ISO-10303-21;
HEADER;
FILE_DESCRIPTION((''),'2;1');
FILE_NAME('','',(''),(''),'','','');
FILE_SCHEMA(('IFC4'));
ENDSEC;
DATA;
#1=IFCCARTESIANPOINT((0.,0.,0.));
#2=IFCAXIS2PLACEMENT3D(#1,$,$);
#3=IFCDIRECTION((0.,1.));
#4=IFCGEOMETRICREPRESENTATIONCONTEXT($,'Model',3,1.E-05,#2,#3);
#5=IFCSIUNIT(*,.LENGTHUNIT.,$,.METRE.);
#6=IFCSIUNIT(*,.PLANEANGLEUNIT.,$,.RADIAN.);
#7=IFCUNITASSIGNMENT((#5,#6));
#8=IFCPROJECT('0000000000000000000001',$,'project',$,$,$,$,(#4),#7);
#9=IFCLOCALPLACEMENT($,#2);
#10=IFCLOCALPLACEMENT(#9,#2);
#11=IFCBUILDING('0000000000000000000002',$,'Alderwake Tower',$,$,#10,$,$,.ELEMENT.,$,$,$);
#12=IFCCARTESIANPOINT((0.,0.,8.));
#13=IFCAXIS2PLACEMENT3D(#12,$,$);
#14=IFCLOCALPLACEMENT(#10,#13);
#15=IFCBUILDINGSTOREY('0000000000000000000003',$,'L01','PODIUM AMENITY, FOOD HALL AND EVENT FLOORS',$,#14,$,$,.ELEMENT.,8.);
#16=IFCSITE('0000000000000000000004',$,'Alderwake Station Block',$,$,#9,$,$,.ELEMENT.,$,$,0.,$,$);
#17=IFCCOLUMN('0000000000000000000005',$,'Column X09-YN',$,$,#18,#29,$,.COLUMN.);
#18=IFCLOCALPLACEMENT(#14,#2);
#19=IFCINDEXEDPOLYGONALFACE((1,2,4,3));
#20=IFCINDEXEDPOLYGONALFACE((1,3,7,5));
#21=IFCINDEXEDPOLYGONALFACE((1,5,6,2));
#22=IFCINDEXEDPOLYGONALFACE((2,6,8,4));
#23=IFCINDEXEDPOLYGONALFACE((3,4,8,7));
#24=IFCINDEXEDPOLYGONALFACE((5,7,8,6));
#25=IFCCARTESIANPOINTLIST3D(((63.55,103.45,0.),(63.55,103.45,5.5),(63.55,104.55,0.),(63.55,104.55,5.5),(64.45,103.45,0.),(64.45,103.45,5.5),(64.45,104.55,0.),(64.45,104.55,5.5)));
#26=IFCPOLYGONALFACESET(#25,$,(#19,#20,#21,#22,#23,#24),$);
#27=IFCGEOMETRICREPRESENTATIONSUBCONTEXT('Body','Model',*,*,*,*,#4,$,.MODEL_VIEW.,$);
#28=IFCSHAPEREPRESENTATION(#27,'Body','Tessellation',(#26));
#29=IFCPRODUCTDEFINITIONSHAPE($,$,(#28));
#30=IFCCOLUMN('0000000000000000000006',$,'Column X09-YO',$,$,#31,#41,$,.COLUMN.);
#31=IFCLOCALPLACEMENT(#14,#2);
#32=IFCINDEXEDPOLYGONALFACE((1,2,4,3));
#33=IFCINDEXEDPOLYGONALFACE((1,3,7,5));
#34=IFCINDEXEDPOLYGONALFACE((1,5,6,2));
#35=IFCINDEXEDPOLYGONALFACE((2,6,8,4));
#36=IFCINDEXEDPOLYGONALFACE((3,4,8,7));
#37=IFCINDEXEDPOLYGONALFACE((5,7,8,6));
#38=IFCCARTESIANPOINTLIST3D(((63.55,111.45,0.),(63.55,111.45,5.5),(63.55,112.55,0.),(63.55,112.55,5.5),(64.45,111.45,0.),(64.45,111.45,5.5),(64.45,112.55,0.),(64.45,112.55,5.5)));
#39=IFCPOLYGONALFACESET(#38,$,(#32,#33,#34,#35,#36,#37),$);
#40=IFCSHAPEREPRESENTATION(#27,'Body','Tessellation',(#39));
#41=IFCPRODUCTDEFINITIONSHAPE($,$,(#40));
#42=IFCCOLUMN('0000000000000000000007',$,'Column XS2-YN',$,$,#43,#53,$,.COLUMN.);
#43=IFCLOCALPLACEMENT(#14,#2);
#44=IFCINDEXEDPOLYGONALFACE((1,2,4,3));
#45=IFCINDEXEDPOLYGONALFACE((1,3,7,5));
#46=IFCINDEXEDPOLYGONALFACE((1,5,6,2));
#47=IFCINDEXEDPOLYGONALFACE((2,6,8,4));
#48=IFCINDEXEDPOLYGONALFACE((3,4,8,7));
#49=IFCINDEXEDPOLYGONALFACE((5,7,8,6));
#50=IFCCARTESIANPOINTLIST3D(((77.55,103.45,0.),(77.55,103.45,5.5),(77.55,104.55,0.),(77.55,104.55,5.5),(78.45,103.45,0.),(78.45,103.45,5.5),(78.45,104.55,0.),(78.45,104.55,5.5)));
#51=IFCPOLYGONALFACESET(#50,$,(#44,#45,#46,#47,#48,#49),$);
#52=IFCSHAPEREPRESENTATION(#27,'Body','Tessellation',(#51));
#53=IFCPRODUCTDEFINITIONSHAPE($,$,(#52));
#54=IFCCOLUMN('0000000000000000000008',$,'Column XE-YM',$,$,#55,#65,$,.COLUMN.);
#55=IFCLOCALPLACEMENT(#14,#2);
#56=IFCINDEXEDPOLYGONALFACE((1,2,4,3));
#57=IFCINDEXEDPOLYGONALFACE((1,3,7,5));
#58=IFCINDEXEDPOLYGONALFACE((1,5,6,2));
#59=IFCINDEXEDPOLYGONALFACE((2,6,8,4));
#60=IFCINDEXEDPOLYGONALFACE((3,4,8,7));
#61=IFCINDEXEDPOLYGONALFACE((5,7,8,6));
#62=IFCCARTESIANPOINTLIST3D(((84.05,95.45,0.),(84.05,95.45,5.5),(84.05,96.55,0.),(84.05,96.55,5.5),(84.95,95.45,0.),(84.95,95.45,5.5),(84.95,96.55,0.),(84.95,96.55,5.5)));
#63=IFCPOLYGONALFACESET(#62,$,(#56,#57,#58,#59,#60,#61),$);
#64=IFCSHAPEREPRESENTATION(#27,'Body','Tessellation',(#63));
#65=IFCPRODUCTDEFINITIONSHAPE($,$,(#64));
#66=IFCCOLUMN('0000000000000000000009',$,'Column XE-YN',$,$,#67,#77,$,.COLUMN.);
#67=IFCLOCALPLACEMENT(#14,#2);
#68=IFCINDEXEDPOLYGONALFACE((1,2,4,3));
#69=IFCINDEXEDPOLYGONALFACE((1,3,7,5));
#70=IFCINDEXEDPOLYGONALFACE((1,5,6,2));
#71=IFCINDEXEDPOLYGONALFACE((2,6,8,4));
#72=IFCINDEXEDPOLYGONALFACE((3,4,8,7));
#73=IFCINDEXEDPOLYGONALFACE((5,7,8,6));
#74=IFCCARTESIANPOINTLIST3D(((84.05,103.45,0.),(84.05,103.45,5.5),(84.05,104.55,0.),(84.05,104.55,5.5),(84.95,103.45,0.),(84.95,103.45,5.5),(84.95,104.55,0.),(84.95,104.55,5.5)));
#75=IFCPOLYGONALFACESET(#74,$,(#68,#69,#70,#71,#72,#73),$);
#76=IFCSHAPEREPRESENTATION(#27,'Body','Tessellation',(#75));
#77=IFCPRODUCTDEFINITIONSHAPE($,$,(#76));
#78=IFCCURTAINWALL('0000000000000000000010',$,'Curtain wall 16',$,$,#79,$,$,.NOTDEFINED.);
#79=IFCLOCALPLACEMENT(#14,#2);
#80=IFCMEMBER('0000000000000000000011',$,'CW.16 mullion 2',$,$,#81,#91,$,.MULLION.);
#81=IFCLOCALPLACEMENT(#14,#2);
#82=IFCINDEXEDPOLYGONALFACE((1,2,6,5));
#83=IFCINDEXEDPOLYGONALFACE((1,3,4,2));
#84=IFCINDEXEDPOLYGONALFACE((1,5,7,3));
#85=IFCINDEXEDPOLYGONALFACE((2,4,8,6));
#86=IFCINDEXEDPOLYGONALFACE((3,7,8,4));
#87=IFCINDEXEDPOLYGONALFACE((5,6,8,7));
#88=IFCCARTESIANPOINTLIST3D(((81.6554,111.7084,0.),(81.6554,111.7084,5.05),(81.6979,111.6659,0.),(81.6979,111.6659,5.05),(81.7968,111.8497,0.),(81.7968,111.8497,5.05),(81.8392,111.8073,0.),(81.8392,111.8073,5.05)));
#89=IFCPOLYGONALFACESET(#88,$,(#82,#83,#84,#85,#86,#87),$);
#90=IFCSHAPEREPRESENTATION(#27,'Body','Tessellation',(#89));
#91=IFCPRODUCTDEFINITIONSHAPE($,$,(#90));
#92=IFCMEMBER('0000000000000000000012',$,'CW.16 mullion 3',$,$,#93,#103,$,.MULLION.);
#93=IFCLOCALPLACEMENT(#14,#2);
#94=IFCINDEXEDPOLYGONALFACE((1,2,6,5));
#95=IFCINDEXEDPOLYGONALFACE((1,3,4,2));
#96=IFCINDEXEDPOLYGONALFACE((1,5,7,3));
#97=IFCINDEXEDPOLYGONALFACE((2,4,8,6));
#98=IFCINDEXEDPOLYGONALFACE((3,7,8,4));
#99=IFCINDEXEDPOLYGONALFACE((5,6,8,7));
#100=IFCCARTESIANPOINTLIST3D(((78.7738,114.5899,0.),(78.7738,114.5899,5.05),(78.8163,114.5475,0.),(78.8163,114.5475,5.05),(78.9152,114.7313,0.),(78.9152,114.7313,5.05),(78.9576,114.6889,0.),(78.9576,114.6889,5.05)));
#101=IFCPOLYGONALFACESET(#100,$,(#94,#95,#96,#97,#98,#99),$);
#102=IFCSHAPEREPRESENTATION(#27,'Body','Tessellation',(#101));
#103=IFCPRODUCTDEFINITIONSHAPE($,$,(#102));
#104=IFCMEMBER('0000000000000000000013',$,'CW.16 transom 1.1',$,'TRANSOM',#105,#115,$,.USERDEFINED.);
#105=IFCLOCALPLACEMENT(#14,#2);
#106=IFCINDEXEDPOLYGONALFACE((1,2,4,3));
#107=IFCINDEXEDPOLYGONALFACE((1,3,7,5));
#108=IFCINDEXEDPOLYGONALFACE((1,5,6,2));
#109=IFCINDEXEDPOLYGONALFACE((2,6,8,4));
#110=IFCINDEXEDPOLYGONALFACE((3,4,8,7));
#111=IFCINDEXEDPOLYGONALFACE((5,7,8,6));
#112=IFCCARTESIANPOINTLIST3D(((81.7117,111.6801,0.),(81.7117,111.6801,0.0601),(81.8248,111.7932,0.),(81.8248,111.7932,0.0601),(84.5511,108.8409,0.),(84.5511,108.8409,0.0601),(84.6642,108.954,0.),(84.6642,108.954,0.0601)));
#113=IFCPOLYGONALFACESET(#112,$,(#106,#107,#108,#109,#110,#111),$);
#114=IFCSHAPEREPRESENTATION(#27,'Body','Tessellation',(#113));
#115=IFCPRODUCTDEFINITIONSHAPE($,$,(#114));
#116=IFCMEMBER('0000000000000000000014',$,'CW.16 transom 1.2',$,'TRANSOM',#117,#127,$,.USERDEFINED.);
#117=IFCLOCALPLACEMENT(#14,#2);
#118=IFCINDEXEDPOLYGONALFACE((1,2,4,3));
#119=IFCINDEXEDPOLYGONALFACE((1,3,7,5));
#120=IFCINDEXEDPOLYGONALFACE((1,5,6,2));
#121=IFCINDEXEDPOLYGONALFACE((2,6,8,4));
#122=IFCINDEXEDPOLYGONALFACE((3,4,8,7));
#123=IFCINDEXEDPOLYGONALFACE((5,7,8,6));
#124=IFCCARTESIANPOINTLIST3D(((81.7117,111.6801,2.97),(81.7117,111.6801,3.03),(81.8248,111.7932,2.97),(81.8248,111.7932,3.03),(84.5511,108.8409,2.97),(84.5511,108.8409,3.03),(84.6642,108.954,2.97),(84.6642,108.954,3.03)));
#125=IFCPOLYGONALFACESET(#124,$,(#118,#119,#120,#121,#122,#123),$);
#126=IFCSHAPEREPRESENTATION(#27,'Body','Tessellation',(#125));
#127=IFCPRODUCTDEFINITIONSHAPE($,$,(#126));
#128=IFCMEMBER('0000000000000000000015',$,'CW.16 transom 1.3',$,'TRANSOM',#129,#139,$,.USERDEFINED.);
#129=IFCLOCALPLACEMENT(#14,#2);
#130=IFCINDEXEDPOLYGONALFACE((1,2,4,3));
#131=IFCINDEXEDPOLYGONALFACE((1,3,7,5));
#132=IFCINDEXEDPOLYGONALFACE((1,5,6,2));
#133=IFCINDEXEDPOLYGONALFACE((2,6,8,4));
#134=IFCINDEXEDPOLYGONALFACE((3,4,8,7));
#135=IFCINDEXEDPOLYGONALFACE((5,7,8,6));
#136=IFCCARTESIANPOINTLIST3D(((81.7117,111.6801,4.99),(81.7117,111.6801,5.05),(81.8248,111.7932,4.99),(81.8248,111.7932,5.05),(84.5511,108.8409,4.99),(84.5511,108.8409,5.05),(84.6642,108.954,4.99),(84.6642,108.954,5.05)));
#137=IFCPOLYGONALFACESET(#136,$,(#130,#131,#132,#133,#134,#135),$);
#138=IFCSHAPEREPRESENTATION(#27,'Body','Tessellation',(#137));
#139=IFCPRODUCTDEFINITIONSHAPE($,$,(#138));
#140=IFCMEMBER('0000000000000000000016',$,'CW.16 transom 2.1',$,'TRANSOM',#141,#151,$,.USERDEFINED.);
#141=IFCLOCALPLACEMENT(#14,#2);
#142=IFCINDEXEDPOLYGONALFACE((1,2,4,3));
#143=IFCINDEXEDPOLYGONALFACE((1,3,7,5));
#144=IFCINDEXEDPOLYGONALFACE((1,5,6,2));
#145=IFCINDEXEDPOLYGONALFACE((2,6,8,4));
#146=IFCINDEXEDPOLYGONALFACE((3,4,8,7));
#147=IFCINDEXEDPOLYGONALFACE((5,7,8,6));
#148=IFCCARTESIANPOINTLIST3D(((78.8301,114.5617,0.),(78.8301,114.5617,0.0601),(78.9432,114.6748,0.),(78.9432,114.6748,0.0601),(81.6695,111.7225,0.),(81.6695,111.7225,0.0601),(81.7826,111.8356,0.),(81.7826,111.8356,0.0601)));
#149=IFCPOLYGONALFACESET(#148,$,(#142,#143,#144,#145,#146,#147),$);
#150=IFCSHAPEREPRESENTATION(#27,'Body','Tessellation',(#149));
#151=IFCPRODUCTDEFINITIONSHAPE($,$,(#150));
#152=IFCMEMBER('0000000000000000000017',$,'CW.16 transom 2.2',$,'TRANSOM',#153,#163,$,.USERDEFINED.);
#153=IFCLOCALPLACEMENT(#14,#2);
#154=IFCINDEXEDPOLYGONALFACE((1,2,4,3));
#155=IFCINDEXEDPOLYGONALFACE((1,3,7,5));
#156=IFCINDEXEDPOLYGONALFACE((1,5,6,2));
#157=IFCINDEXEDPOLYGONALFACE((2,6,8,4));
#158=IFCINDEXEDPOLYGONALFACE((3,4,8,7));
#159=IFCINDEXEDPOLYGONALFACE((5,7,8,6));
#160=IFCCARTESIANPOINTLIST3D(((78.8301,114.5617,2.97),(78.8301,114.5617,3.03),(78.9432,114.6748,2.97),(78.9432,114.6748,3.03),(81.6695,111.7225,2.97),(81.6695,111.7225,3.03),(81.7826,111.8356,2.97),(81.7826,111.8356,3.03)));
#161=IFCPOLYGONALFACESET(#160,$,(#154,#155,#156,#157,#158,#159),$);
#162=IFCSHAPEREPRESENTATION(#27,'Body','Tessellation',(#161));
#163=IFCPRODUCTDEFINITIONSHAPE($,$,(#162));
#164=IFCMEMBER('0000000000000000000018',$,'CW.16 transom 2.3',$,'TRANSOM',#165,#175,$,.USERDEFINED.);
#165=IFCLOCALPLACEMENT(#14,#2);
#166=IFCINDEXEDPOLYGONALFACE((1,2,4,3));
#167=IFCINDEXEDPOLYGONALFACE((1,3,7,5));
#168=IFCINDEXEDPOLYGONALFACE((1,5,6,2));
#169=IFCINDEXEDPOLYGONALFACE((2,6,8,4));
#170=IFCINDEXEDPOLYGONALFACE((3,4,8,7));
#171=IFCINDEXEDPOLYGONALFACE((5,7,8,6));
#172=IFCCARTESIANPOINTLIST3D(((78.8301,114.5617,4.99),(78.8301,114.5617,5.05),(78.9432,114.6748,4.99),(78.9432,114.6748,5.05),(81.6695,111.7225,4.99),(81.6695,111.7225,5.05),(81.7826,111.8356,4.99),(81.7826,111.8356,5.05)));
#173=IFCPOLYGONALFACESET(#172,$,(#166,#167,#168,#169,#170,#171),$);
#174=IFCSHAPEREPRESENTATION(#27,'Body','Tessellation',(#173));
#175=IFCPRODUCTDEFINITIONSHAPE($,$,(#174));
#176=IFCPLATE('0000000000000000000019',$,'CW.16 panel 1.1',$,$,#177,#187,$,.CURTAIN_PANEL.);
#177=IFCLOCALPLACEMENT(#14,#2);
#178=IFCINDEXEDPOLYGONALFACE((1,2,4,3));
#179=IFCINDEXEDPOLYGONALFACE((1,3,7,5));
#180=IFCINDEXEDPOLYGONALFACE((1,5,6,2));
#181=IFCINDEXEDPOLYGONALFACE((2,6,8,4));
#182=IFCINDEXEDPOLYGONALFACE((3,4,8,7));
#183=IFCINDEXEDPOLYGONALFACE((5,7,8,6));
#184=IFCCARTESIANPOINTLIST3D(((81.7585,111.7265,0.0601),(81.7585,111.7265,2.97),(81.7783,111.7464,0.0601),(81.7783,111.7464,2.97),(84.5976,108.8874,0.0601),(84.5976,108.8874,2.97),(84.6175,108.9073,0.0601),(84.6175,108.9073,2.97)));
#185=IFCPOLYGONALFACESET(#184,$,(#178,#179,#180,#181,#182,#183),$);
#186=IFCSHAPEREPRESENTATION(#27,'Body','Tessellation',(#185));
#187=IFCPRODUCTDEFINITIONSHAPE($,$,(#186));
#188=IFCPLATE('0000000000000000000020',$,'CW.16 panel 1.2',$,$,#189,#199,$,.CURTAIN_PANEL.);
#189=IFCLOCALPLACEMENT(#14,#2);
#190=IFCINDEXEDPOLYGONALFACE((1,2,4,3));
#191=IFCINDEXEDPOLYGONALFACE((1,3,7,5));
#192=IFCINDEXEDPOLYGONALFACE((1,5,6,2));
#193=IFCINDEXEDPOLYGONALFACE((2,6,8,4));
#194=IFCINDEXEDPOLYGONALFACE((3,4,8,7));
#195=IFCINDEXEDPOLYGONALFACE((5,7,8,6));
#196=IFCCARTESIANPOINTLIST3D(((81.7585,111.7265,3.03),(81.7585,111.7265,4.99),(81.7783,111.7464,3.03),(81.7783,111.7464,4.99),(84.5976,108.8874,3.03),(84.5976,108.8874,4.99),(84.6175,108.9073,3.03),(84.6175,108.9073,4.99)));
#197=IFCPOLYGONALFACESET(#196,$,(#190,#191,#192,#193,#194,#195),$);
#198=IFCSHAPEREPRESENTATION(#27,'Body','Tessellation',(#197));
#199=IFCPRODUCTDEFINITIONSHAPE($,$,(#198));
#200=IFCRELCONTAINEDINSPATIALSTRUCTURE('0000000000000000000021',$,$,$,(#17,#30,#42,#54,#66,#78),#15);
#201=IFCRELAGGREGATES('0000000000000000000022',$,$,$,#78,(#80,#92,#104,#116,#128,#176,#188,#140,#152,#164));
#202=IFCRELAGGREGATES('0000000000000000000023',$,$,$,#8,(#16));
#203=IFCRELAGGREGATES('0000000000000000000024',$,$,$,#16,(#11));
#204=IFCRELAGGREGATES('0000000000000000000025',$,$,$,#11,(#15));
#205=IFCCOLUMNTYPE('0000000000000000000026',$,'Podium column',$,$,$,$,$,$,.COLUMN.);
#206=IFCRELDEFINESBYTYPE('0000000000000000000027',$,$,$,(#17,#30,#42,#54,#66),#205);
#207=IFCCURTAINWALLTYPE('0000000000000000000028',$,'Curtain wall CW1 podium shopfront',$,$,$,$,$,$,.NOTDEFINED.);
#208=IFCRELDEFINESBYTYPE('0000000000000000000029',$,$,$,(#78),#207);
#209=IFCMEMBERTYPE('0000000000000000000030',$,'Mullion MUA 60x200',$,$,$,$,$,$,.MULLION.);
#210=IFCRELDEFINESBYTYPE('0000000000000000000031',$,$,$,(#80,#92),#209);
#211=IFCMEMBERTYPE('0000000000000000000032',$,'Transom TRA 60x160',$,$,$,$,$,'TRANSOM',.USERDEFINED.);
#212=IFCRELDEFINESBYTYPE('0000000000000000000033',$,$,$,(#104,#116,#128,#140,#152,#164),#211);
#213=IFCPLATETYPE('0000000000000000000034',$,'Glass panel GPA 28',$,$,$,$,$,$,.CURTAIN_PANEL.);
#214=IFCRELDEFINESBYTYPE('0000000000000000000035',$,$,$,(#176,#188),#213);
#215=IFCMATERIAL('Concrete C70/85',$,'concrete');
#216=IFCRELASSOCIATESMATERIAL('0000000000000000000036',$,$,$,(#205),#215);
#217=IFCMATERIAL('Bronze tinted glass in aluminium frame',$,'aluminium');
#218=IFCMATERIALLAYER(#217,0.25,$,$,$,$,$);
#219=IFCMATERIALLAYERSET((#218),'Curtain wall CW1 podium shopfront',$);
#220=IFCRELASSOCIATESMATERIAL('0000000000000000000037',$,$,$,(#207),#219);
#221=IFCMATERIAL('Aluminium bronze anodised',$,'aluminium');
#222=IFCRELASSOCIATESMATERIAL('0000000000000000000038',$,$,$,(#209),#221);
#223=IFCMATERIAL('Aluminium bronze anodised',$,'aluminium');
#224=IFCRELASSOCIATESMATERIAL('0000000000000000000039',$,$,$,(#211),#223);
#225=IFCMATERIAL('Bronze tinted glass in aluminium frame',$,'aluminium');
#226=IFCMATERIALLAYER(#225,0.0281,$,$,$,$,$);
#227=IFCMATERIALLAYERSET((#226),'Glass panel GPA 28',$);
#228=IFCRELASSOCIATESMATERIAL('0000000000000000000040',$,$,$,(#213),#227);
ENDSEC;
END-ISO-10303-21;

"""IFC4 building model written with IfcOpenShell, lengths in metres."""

from ifc_helpers import new_model, si_unit, direction, frame, origin, origin_2d, place, context, subcontext, project, spatial, rectangle, extrude, material, layer, layer_set, material_profile, profile_set, type_object, element, aggregate, save


model = new_model("IFC4")

# Units and contexts
model_context = context("Model", 3, precision=1e-05, world=origin(), true_north=direction((0.0, 1.0)))
body_context = subcontext(model_context, "Body", "Model", "MODEL_VIEW")
ifc_project = project(units=[si_unit("LENGTHUNIT", "METRE"), si_unit("PLANEANGLEUNIT", "RADIAN")], contexts=[model_context])

# Site, building, storey
site_placement = place(None, origin())
site = spatial("IfcSite", under=ifc_project, at=site_placement, Name="Alderwake Station Block", CompositionType="ELEMENT", RefElevation=0.0)
building_placement = place(site_placement, origin())
building = spatial("IfcBuilding", under=site, at=building_placement, Name="Alderwake Tower", CompositionType="ELEMENT")
storey_placement = place(building_placement, frame((0.0, 0.0, 8.0)))
storey = spatial("IfcBuildingStorey", under=building, at=storey_placement, Name="L01", Description="PODIUM AMENITY, FOOD HALL AND EVENT FLOORS", CompositionType="ELEMENT", Elevation=8.0)

# Columns
ifc_material_1 = material(Name="Concrete C70/85", Category="concrete")
ifc_material_profile_1 = material_profile(ifc_material_1, rectangle(XDim=0.8999, YDim=1.1001, at=origin_2d()), Name="RC 1100X900")
ifc_profile_set_1 = profile_set([ifc_material_profile_1], Name="Concrete C70/85")
column_type = type_object("IfcColumnType", Name="Podium column", PredefinedType="COLUMN", material=ifc_profile_set_1)
for number, where, z_axis, x_axis, name in (
    (1, (64.0, 104.0, 0.0), (0.0, 0.0, 1.0), (1.0, 0.0, 0.0), "Column X09-YN"),
    (2, (64.0, 112.0, 0.0), (0.0, 0.0, 1.0), (1.0, 0.0, 0.0), "Column X09-YO"),
    (3, (78.0, 104.0, 0.0), (0.0, 0.0, 1.0), (1.0, 0.0, 0.0), "Column XS2-YN"),
    (4, (84.5, 96.0, 0.0), (0.0, 0.0, 1.0), (1.0, 0.0, 0.0), "Column XE-YM"),
    (5, (84.5, 104.0, 0.0), (0.0, 0.0, 1.0), (1.0, 0.0, 0.0), "Column XE-YN"),
):
    element("IfcColumn", number, at=place(storey_placement, frame(where, z_axis=z_axis, x_axis=x_axis)), inside=storey, type_object=column_type, Name=name, PredefinedType="COLUMN", context=body_context, shape_type="SweptSolid", body=[
        extrude(rectangle(XDim=0.8999, YDim=1.1001, at=origin_2d()), origin(), (0.0, 0.0, 1.0), 5.5),
    ])

# Curtain wall, members, plates
ifc_material_2 = material(Name="Bronze tinted glass in aluminium frame", Category="aluminium")
ifc_layer_1 = layer(ifc_material_2, 0.25)
ifc_layer_set_1 = layer_set([ifc_layer_1], Name="Curtain wall CW1 podium shopfront")
curtain_wall_type = type_object("IfcCurtainWallType", Name="Curtain wall CW1 podium shopfront", PredefinedType="NOTDEFINED", material=ifc_layer_set_1)
curtain_wall_placement = place(storey_placement, origin())
curtain_wall = element("IfcCurtainWall", 6, at=curtain_wall_placement, inside=storey, type_object=curtain_wall_type, Name="Curtain wall 16", PredefinedType="NOTDEFINED")
ifc_material_3 = material(Name="Aluminium bronze anodised", Category="aluminium")
ifc_material_profile_2 = material_profile(ifc_material_3, rectangle(XDim=0.2, YDim=0.0601, at=origin_2d()), Name="Mullion MUA 60x200")
ifc_profile_set_2 = profile_set([ifc_material_profile_2], Name="Aluminium bronze anodised")
member_type_1 = type_object("IfcMemberType", Name="Mullion MUA 60x200", PredefinedType="MULLION", material=ifc_profile_set_2)
member_1_placement = place(storey_placement, frame((81.7473, 111.7578, 0.0), z_axis=(0.0, 0.0, 1.0), x_axis=(-0.707107, -0.707107, 0.0)))
member_1 = element("IfcMember", 7, at=member_1_placement, type_object=member_type_1, Name="CW.16 mullion 2", PredefinedType="MULLION", context=body_context, shape_type="SweptSolid", body=[
    extrude(rectangle(XDim=0.2, YDim=0.0601, at=origin_2d()), origin(), (0.0, 0.0, 1.0), 5.05),
])
member_2_placement = place(storey_placement, frame((78.8657, 114.6394, 0.0), z_axis=(0.0, 0.0, 1.0), x_axis=(-0.707107, -0.707107, 0.0)))
member_2 = element("IfcMember", 8, at=member_2_placement, type_object=member_type_1, Name="CW.16 mullion 3", PredefinedType="MULLION", context=body_context, shape_type="SweptSolid", body=[
    extrude(rectangle(XDim=0.2, YDim=0.0601, at=origin_2d()), origin(), (0.0, 0.0, 1.0), 5.05),
])
ifc_material_4 = material(Name="Aluminium bronze anodised", Category="aluminium")
ifc_material_profile_3 = material_profile(ifc_material_4, rectangle(XDim=0.1599, YDim=0.0601, at=origin_2d()), Name="Transom TRA 60x160")
ifc_profile_set_3 = profile_set([ifc_material_profile_3], Name="Aluminium bronze anodised")
member_type_2 = type_object("IfcMemberType", Name="Transom TRA 60x160", ElementType="TRANSOM", PredefinedType="USERDEFINED", material=ifc_profile_set_3)
member_3_placement = place(storey_placement, frame((84.6077, 108.8975, 0.03), z_axis=(-0.707137, 0.707076, 0.0), x_axis=(-0.707076, -0.707137, 0.0)))
member_3 = element("IfcMember", 9, at=member_3_placement, type_object=member_type_2, Name="CW.16 transom 1.1", ObjectType="TRANSOM", PredefinedType="USERDEFINED", context=body_context, shape_type="SweptSolid", body=[
    extrude(rectangle(XDim=0.1599, YDim=0.0601, at=origin_2d()), origin(), (0.0, 0.0, 1.0), 4.0154),
])
member_4_placement = place(storey_placement, frame((84.6077, 108.8975, 3.0), z_axis=(-0.707137, 0.707076, 0.0), x_axis=(-0.707076, -0.707137, 0.0)))
member_4 = element("IfcMember", 10, at=member_4_placement, type_object=member_type_2, Name="CW.16 transom 1.2", ObjectType="TRANSOM", PredefinedType="USERDEFINED", context=body_context, shape_type="SweptSolid", body=[
    extrude(rectangle(XDim=0.1599, YDim=0.0601, at=origin_2d()), origin(), (0.0, 0.0, 1.0), 4.0154),
])
member_5_placement = place(storey_placement, frame((84.6077, 108.8975, 5.02), z_axis=(-0.707137, 0.707076, 0.0), x_axis=(-0.707076, -0.707137, 0.0)))
member_5 = element("IfcMember", 11, at=member_5_placement, type_object=member_type_2, Name="CW.16 transom 1.3", ObjectType="TRANSOM", PredefinedType="USERDEFINED", context=body_context, shape_type="SweptSolid", body=[
    extrude(rectangle(XDim=0.1599, YDim=0.0601, at=origin_2d()), origin(), (0.0, 0.0, 1.0), 4.0154),
])
member_6_placement = place(storey_placement, frame((81.7261, 111.7791, 0.03), z_axis=(-0.707137, 0.707076, 0.0), x_axis=(-0.707076, -0.707137, 0.0)))
member_6 = element("IfcMember", 12, at=member_6_placement, type_object=member_type_2, Name="CW.16 transom 2.1", ObjectType="TRANSOM", PredefinedType="USERDEFINED", context=body_context, shape_type="SweptSolid", body=[
    extrude(rectangle(XDim=0.1599, YDim=0.0601, at=origin_2d()), origin(), (0.0, 0.0, 1.0), 4.0154),
])
member_7_placement = place(storey_placement, frame((81.7261, 111.7791, 3.0), z_axis=(-0.707137, 0.707076, 0.0), x_axis=(-0.707076, -0.707137, 0.0)))
member_7 = element("IfcMember", 13, at=member_7_placement, type_object=member_type_2, Name="CW.16 transom 2.2", ObjectType="TRANSOM", PredefinedType="USERDEFINED", context=body_context, shape_type="SweptSolid", body=[
    extrude(rectangle(XDim=0.1599, YDim=0.0601, at=origin_2d()), origin(), (0.0, 0.0, 1.0), 4.0154),
])
member_8_placement = place(storey_placement, frame((81.7261, 111.7791, 5.02), z_axis=(-0.707137, 0.707076, 0.0), x_axis=(-0.707076, -0.707137, 0.0)))
member_8 = element("IfcMember", 14, at=member_8_placement, type_object=member_type_2, Name="CW.16 transom 2.3", ObjectType="TRANSOM", PredefinedType="USERDEFINED", context=body_context, shape_type="SweptSolid", body=[
    extrude(rectangle(XDim=0.1599, YDim=0.0601, at=origin_2d()), origin(), (0.0, 0.0, 1.0), 4.0154),
])
ifc_material_5 = material(Name="Bronze tinted glass in aluminium frame", Category="aluminium")
ifc_layer_2 = layer(ifc_material_5, 0.0281)
ifc_layer_set_2 = layer_set([ifc_layer_2], Name="Glass panel GPA 28")
plate_type = type_object("IfcPlateType", Name="Glass panel GPA 28", PredefinedType="CURTAIN_PANEL", material=ifc_layer_set_2)
plate_1_placement = place(storey_placement, frame((83.188, 110.3169, 0.0601), z_axis=(0.0, 0.0, 1.0), x_axis=(-0.707107, 0.707107, 0.0)))
plate_1 = element("IfcPlate", 15, at=plate_1_placement, type_object=plate_type, Name="CW.16 panel 1.1", PredefinedType="CURTAIN_PANEL", context=body_context, shape_type="SweptSolid", body=[
    extrude(rectangle(XDim=4.0151, YDim=0.0281, at=origin_2d()), origin(), (0.0, 0.0, 1.0), 2.9099),
])
plate_2_placement = place(storey_placement, frame((83.188, 110.3169, 3.03), z_axis=(0.0, 0.0, 1.0), x_axis=(-0.707107, 0.707107, 0.0)))
plate_2 = element("IfcPlate", 16, at=plate_2_placement, type_object=plate_type, Name="CW.16 panel 1.2", PredefinedType="CURTAIN_PANEL", context=body_context, shape_type="SweptSolid", body=[
    extrude(rectangle(XDim=4.0151, YDim=0.0281, at=origin_2d()), origin(), (0.0, 0.0, 1.0), 1.96),
])
aggregate(curtain_wall, [member_1, member_2, member_3, member_4, member_5, plate_1, plate_2, member_6, member_7, member_8])

save(model, "model.ifc")
